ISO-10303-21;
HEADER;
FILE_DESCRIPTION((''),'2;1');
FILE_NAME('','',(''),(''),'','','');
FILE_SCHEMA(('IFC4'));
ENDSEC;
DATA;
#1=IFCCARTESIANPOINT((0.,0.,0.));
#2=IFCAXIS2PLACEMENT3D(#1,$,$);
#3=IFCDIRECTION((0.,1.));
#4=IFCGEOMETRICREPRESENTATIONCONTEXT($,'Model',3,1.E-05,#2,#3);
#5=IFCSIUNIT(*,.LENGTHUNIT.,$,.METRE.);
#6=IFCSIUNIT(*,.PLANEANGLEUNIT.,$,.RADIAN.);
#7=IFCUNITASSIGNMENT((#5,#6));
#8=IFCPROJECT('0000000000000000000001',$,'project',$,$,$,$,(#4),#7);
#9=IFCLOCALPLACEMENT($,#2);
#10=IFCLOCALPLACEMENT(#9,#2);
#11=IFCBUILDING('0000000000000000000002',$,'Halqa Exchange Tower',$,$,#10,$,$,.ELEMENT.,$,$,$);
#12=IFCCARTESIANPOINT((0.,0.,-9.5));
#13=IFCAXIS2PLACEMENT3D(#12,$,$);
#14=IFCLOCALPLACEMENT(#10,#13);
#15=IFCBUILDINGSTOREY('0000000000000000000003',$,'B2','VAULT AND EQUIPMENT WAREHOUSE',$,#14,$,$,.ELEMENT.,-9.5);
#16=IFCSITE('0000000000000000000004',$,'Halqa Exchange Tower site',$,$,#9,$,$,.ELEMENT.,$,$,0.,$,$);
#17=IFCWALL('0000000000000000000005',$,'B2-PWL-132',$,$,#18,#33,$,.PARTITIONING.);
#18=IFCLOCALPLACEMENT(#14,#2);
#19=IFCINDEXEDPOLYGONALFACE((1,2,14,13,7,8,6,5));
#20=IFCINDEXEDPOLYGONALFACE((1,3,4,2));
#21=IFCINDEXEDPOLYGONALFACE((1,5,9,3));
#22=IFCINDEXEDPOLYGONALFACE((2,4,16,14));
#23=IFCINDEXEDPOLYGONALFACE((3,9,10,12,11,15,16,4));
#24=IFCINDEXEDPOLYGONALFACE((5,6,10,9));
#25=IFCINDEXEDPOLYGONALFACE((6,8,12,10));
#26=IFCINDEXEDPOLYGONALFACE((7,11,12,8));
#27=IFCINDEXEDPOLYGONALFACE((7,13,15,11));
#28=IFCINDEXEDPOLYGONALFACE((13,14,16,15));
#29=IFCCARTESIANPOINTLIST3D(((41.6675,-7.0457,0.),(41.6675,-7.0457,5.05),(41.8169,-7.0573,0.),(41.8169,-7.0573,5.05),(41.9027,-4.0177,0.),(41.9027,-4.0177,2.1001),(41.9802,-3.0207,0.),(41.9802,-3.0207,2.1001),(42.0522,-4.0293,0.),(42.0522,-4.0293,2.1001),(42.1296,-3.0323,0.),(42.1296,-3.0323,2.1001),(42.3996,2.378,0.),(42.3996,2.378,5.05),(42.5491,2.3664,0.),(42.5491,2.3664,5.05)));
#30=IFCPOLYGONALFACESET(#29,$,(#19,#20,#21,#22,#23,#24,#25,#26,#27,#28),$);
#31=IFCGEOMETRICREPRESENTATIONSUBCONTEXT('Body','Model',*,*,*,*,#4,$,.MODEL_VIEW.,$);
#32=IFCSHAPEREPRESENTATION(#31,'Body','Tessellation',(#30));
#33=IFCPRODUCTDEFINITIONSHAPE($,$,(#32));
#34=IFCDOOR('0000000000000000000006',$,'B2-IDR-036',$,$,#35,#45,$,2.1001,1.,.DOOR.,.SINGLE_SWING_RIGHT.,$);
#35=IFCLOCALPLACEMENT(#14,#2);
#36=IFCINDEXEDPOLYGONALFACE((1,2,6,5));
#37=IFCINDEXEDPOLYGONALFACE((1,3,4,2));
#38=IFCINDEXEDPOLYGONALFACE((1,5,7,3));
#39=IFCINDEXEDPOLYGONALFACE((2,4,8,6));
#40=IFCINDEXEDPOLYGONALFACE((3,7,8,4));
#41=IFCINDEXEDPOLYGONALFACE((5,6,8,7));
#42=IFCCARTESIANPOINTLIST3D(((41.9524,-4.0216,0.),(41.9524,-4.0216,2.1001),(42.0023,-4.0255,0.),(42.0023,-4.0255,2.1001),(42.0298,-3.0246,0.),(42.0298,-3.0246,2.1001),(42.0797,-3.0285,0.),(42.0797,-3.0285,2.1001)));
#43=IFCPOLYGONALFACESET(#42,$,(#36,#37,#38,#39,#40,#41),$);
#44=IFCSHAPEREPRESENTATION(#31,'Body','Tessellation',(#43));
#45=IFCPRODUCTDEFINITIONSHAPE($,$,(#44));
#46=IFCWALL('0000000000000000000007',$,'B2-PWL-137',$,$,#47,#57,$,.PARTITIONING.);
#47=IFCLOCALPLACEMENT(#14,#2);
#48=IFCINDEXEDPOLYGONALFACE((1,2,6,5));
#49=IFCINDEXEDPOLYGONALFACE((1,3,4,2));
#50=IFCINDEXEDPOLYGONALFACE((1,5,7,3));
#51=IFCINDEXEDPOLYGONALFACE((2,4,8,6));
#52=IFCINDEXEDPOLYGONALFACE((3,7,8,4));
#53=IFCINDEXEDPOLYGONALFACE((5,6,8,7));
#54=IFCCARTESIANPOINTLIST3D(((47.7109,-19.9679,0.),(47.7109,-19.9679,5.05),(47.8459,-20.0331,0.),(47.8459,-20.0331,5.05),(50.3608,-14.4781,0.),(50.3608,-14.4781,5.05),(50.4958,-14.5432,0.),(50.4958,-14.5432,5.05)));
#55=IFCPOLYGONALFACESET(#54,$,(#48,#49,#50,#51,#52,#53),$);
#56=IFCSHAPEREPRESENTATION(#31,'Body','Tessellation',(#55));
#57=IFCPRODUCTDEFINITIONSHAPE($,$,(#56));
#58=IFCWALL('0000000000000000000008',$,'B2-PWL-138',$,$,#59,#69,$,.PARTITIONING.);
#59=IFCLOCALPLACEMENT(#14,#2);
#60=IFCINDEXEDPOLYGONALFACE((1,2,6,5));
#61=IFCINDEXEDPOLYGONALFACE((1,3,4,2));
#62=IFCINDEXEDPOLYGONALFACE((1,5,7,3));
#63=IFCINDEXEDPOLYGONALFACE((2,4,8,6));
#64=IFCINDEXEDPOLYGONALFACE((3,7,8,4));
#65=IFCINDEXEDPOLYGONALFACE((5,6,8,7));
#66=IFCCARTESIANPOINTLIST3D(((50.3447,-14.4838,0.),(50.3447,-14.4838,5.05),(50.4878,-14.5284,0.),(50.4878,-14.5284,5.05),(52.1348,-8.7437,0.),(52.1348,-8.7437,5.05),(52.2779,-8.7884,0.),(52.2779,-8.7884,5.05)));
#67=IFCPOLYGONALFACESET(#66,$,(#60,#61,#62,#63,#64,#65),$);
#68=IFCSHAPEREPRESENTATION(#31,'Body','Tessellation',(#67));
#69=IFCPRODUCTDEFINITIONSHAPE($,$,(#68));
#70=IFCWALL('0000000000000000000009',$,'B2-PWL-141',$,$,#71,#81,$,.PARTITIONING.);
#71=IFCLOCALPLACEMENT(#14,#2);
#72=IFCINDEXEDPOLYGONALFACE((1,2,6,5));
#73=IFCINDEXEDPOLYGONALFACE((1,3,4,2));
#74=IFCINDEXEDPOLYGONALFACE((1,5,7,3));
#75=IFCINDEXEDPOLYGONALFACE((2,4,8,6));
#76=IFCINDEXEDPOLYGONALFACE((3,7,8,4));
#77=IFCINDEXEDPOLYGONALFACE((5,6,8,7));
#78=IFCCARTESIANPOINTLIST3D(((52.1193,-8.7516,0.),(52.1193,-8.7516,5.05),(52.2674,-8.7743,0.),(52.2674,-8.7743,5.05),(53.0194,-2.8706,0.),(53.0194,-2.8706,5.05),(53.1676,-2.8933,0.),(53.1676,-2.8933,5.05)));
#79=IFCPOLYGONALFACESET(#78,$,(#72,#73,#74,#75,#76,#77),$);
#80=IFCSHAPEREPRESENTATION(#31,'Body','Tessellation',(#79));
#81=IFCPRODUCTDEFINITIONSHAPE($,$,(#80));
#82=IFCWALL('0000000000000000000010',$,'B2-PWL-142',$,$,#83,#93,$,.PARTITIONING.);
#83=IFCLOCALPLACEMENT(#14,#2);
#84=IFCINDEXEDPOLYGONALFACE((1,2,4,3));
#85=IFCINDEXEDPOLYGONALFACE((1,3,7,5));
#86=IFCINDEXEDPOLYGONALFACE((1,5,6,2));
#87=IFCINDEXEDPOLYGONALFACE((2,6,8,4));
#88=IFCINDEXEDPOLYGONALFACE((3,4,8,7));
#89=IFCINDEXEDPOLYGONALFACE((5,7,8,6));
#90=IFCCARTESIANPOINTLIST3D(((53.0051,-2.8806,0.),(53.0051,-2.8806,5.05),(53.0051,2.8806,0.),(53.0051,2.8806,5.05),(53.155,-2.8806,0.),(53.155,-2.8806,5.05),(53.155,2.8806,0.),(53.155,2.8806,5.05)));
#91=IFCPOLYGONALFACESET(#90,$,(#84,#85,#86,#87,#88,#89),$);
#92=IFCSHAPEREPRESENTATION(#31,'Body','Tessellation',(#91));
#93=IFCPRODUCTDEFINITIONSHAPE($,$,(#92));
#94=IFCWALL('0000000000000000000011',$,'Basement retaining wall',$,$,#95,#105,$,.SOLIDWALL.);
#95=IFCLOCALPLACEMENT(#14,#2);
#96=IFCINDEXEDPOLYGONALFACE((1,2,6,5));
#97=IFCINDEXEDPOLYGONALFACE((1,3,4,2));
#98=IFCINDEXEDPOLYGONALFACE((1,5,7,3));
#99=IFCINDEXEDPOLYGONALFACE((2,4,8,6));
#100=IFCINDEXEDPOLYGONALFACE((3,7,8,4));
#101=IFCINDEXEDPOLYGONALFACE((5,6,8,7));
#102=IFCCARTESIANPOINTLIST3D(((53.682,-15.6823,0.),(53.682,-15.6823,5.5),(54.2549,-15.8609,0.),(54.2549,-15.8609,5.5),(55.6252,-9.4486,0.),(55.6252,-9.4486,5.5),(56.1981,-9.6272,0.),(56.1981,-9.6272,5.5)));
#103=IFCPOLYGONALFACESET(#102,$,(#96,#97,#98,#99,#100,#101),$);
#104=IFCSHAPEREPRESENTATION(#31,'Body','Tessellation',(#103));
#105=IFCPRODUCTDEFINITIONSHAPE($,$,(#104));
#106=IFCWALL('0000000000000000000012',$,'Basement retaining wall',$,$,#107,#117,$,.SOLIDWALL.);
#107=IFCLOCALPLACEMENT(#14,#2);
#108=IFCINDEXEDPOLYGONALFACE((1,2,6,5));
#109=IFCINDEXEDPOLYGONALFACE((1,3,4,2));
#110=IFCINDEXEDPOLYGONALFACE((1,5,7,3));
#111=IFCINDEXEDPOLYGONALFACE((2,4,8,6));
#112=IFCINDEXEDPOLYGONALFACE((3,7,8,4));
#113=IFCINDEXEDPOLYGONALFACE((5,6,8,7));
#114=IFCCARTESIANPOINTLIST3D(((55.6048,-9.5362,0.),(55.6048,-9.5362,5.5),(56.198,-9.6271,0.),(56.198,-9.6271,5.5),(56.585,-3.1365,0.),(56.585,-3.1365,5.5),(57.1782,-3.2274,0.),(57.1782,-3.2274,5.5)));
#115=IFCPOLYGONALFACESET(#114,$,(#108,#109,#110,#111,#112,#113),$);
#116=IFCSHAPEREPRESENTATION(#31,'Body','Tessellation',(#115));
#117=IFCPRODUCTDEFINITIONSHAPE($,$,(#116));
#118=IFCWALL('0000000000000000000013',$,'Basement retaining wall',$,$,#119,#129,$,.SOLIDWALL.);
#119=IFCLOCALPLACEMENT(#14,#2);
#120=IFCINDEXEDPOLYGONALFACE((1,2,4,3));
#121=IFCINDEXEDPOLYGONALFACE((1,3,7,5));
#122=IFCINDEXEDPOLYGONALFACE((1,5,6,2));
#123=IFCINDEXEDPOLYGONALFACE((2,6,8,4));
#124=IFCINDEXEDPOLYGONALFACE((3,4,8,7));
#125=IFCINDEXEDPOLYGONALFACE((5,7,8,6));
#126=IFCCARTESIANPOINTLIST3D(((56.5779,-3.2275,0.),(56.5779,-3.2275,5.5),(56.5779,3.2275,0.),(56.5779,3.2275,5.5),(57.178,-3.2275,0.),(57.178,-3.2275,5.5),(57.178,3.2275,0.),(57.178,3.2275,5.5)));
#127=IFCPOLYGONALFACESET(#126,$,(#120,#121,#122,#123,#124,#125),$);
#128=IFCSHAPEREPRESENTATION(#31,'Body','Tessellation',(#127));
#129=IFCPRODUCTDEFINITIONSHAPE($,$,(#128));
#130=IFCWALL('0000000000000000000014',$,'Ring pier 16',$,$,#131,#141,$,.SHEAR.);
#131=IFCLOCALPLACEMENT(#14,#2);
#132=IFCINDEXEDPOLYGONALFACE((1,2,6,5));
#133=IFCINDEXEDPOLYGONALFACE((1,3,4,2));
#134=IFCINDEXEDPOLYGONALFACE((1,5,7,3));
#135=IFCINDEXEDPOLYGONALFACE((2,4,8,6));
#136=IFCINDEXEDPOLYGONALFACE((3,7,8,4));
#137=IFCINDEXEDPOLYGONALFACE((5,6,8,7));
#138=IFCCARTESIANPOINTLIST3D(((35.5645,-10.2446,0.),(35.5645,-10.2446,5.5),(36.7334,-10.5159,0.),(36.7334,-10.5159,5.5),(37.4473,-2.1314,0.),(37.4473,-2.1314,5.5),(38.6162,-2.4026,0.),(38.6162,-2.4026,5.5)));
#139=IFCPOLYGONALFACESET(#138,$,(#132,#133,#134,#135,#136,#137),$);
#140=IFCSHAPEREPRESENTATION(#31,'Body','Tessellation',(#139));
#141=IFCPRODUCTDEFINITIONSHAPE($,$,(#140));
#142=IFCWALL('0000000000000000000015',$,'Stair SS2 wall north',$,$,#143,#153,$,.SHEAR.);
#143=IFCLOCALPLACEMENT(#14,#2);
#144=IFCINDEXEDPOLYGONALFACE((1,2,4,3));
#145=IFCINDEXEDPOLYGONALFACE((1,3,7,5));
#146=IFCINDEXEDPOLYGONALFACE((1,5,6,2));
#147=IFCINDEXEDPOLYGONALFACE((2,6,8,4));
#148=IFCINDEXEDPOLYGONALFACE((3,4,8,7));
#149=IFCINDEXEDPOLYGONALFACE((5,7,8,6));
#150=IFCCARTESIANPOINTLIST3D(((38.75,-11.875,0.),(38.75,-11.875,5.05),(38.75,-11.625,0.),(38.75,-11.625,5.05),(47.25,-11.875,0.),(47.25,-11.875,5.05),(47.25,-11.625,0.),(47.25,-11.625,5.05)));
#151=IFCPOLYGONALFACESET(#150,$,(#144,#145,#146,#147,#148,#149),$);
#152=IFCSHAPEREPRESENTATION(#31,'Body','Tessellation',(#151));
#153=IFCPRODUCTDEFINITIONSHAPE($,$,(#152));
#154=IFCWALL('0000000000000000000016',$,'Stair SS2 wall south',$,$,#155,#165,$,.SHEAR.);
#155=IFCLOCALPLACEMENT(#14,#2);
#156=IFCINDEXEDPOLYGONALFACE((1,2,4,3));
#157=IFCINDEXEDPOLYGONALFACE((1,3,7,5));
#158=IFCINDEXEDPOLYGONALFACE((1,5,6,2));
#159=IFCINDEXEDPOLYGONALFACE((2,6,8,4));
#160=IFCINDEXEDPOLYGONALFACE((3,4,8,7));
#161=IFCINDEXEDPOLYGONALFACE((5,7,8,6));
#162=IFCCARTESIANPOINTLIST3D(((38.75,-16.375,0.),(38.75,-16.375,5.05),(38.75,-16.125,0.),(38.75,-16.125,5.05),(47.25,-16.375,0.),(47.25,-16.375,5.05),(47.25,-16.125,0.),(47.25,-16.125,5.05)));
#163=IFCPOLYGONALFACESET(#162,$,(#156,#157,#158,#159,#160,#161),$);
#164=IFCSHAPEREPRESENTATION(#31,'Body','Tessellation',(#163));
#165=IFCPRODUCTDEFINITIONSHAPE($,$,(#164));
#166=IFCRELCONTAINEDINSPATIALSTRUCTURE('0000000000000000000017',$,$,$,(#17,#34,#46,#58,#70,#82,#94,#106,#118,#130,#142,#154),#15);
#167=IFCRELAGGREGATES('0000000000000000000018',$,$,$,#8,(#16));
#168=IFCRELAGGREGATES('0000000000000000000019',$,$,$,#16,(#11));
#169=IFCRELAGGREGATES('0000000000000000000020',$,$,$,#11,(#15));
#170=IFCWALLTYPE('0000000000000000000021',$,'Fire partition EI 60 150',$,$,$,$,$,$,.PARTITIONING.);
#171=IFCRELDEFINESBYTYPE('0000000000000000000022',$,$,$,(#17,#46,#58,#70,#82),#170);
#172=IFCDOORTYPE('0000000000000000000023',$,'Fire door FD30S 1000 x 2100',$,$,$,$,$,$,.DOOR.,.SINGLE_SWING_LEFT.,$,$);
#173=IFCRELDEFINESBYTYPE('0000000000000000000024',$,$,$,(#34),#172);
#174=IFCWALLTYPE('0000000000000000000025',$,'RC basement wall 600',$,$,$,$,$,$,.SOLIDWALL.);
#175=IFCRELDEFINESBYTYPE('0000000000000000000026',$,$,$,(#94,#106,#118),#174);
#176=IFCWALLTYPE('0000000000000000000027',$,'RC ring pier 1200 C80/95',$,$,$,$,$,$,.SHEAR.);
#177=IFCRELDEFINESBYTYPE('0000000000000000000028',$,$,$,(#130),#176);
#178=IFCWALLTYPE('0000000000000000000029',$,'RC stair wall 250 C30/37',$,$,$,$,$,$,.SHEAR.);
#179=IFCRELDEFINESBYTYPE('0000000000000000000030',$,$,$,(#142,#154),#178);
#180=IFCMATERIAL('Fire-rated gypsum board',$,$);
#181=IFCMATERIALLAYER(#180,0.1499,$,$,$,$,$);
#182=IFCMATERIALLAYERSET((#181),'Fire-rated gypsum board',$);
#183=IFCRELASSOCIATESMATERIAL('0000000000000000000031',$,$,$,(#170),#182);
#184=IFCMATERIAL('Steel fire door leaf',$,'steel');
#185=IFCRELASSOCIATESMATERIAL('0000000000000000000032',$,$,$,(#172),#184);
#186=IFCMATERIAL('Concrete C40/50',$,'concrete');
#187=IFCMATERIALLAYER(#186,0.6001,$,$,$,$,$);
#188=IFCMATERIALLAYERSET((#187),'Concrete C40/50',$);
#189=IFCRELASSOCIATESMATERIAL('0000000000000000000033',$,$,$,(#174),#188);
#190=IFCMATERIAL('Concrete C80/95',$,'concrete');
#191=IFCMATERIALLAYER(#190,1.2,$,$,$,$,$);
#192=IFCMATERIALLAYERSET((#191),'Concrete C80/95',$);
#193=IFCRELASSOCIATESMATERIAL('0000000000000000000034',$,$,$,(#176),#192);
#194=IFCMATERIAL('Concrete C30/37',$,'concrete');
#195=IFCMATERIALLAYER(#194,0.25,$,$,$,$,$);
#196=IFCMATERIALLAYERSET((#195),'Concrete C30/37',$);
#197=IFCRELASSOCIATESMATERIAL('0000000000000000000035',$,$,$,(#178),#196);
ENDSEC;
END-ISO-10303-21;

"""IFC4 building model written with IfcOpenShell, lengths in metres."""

from ifc_helpers import new_model, si_unit, direction, frame, frame_2d, origin, place, context, subcontext, project, spatial, rectangle, extrude, material, layer, layer_set, type_object, element, fill, save


model = new_model("IFC4")

# Units and contexts
model_context = context("Model", 3, precision=1e-05, world=origin(), true_north=direction((0.0, 1.0)))
body_context = subcontext(model_context, "Body", "Model", "MODEL_VIEW")
ifc_project = project(units=[si_unit("LENGTHUNIT", "METRE"), si_unit("PLANEANGLEUNIT", "RADIAN")], contexts=[model_context])

# Site, building, storey
site_placement = place(None, origin())
site = spatial("IfcSite", under=ifc_project, at=site_placement, Name="Halqa Exchange Tower site", CompositionType="ELEMENT", RefElevation=0.0)
building_placement = place(site_placement, origin())
building = spatial("IfcBuilding", under=site, at=building_placement, Name="Halqa Exchange Tower", CompositionType="ELEMENT")
storey_placement = place(building_placement, frame((0.0, 0.0, -9.5)))
storey = spatial("IfcBuildingStorey", under=building, at=storey_placement, Name="B2", Description="VAULT AND EQUIPMENT WAREHOUSE", CompositionType="ELEMENT", Elevation=-9.5)

# Shared definitions
ifc_material_1 = material(Name="Fire-rated gypsum board")
ifc_layer_1 = layer(ifc_material_1, 0.1499)
ifc_layer_set_1 = layer_set([ifc_layer_1], Name="Fire-rated gypsum board")
wall_type_1 = type_object("IfcWallType", Name="Fire partition EI 60 150", PredefinedType="PARTITIONING", material=ifc_layer_set_1)
ifc_material_2 = material(Name="Steel fire door leaf", Category="steel")

# Wall, opening, door
wall_1_placement = place(storey_placement, frame((41.7422, -7.0515, 0.0), z_axis=(0.0, 0.0, 1.0), x_axis=(0.077461, 0.996995, 0.0)))
wall_1 = element("IfcWall", 1, at=wall_1_placement, inside=storey, type_object=wall_type_1, Name="B2-PWL-132", PredefinedType="PARTITIONING", context=body_context, shape_type="SweptSolid", body=[
    extrude(rectangle(XDim=9.4521, YDim=0.1499, at=frame_2d((4.7261, 0.0))), origin(), (0.0, 0.0, 1.0), 5.05),
])
opening_1_placement = place(wall_1_placement, frame((3.0371, 0.0, 0.0)))
opening_1 = element("IfcOpeningElement", 2, at=opening_1_placement, cuts=wall_1, PredefinedType="OPENING", context=body_context, shape_type="SweptSolid", body=[
    extrude(rectangle(XDim=1.0, YDim=2.1001, at=frame_2d((0.5, 1.05))), frame((0.0, 0.0869, 0.0), z_axis=(0.0, -1.0, 0.0), x_axis=(1.0, 0.0, 0.0)), (0.0, 0.0, 1.0), 0.1738),
])
door_type_1 = type_object("IfcDoorType", Name="Fire door FD30S 1000 x 2100", OperationType="SINGLE_SWING_LEFT", PredefinedType="DOOR", material=ifc_material_2)
door_1_placement = place(opening_1_placement, frame((1.0, 0.0, 0.0), z_axis=(0.0, 0.0, 1.0), x_axis=(-1.0, 0.0, 0.0)))
door_1 = element("IfcDoor", 3, at=door_1_placement, inside=storey, type_object=door_type_1, Name="B2-IDR-036", OperationType="SINGLE_SWING_RIGHT", OverallHeight=2.1001, OverallWidth=1.0, PredefinedType="DOOR", context=body_context, shape_type="SweptSolid", body=[
    extrude(rectangle(XDim=1.0, YDim=2.1001, at=frame_2d((0.5, 1.05))), frame((0.0, 0.0249, 0.0), z_axis=(0.0, -1.0, 0.0), x_axis=(1.0, 0.0, 0.0)), (0.0, 0.0, 1.0), 0.05),
])
fill(opening_1, door_1)

# Walls
wall_2_placement = place(storey_placement, frame((50.4282, -14.5107, 0.0), z_axis=(0.0, 0.0, 1.0), x_axis=(-0.434691, -0.90058, 0.0)))
element("IfcWall", 4, at=wall_2_placement, inside=storey, type_object=wall_type_1, Name="B2-PWL-137", PredefinedType="PARTITIONING", context=body_context, shape_type="SweptSolid", body=[
    extrude(rectangle(XDim=6.0959, YDim=0.1499, at=frame_2d((3.0479, 0.0))), origin(), (0.0, 0.0, 1.0), 5.05),
])
wall_3_placement = place(storey_placement, frame((50.4163, -14.5061, 0.0), z_axis=(0.0, 0.0, 1.0), x_axis=(0.297713, 0.954655, 0.0)))
element("IfcWall", 5, at=wall_3_placement, inside=storey, type_object=wall_type_1, Name="B2-PWL-138", PredefinedType="PARTITIONING", context=body_context, shape_type="SweptSolid", body=[
    extrude(rectangle(XDim=6.0127, YDim=0.1499, at=frame_2d((3.0063, 0.0))), origin(), (0.0, 0.0, 1.0), 5.05),
])
wall_4_placement = place(storey_placement, frame((53.0935, -2.8821, 0.0), z_axis=(0.0, 0.0, 1.0), x_axis=(-0.151302, -0.988488, 0.0)))
element("IfcWall", 6, at=wall_4_placement, inside=storey, type_object=wall_type_1, Name="B2-PWL-141", PredefinedType="PARTITIONING", context=body_context, shape_type="SweptSolid", body=[
    extrude(rectangle(XDim=5.9495, YDim=0.1499, at=frame_2d((2.9746, 0.0))), origin(), (0.0, 0.0, 1.0), 5.05),
])
wall_5_placement = place(storey_placement, frame((53.0801, -2.8806, 0.0), z_axis=(0.0, 0.0, 1.0), x_axis=(0.0, 1.0, 0.0)))
element("IfcWall", 7, at=wall_5_placement, inside=storey, type_object=wall_type_1, Name="B2-PWL-142", PredefinedType="PARTITIONING", context=body_context, shape_type="SweptSolid", body=[
    extrude(rectangle(XDim=5.7612, YDim=0.1499, at=frame_2d((2.8806, 0.0))), origin(), (0.0, 0.0, 1.0), 5.05),
])
ifc_material_3 = material(Name="Concrete C40/50", Category="concrete")
ifc_layer_2 = layer(ifc_material_3, 0.6001)
ifc_layer_set_2 = layer_set([ifc_layer_2], Name="Concrete C40/50")
wall_type_2 = type_object("IfcWallType", Name="RC basement wall 600", PredefinedType="SOLIDWALL", material=ifc_layer_set_2)
wall_6_placement = place(storey_placement, frame((53.9685, -15.7715, 0.0), z_axis=(0.0, 0.0, 1.0), x_axis=(0.297592, 0.954693, 0.0)))
element("IfcWall", 8, at=wall_6_placement, inside=storey, type_object=wall_type_2, Name="Basement retaining wall", PredefinedType="SOLIDWALL", context=body_context, shape_type="SweptSolid", body=[
    extrude(rectangle(XDim=6.5295, YDim=0.6001, at=frame_2d((3.2646, 0.0))), origin(), (0.0, 0.0, 1.0), 5.5),
])
wall_7_placement = place(storey_placement, frame((55.9014, -9.5818, 0.0), z_axis=(0.0, 0.0, 1.0), x_axis=(0.151403, 0.988472, 0.0)))
element("IfcWall", 9, at=wall_7_placement, inside=storey, type_object=wall_type_2, Name="Basement retaining wall", PredefinedType="SOLIDWALL", context=body_context, shape_type="SweptSolid", body=[
    extrude(rectangle(XDim=6.4744, YDim=0.6001, at=frame_2d((3.2373, 0.0))), origin(), (0.0, 0.0, 1.0), 5.5),
])
wall_8_placement = place(storey_placement, frame((56.8779, -3.2275, 0.0), z_axis=(0.0, 0.0, 1.0), x_axis=(0.0, 1.0, 0.0)))
element("IfcWall", 10, at=wall_8_placement, inside=storey, type_object=wall_type_2, Name="Basement retaining wall", PredefinedType="SOLIDWALL", context=body_context, shape_type="SweptSolid", body=[
    extrude(rectangle(XDim=6.4551, YDim=0.6001, at=frame_2d((3.2275, 0.0))), origin(), (0.0, 0.0, 1.0), 5.5),
])
ifc_material_4 = material(Name="Concrete C80/95", Category="concrete")
ifc_layer_3 = layer(ifc_material_4, 1.2)
ifc_layer_set_3 = layer_set([ifc_layer_3], Name="Concrete C80/95")
wall_type_3 = type_object("IfcWallType", Name="RC ring pier 1200 C80/95", PredefinedType="SHEAR", material=ifc_layer_set_3)
wall_9_placement = place(storey_placement, frame((36.1489, -10.3804, 0.0), z_axis=(0.0, 0.0, 1.0), x_axis=(0.226058, 0.974114, 0.0)))
element("IfcWall", 11, at=wall_9_placement, inside=storey, type_object=wall_type_3, Name="Ring pier 16", PredefinedType="SHEAR", context=body_context, shape_type="SweptSolid", body=[
    extrude(rectangle(XDim=8.3289, YDim=1.2, at=frame_2d((4.1646, 0.0))), origin(), (0.0, 0.0, 1.0), 5.5),
])
ifc_material_5 = material(Name="Concrete C30/37", Category="concrete")
ifc_layer_4 = layer(ifc_material_5, 0.25)
ifc_layer_set_4 = layer_set([ifc_layer_4], Name="Concrete C30/37")
wall_type_4 = type_object("IfcWallType", Name="RC stair wall 250 C30/37", PredefinedType="SHEAR", material=ifc_layer_set_4)
for number, where, z_axis, x_axis, name in (
    (12, (38.75, -11.75, 0.0), (0.0, 0.0, 1.0), (1.0, 0.0, 0.0), "Stair SS2 wall north"),
    (13, (38.75, -16.25, 0.0), (0.0, 0.0, 1.0), (1.0, 0.0, 0.0), "Stair SS2 wall south"),
):
    element("IfcWall", number, at=place(storey_placement, frame(where, z_axis=z_axis, x_axis=x_axis)), inside=storey, type_object=wall_type_4, Name=name, PredefinedType="SHEAR", context=body_context, shape_type="SweptSolid", body=[
        extrude(rectangle(XDim=8.5, YDim=0.25, at=frame_2d((4.25, 0.0))), origin(), (0.0, 0.0, 1.0), 5.05),
    ])

save(model, "model.ifc")
